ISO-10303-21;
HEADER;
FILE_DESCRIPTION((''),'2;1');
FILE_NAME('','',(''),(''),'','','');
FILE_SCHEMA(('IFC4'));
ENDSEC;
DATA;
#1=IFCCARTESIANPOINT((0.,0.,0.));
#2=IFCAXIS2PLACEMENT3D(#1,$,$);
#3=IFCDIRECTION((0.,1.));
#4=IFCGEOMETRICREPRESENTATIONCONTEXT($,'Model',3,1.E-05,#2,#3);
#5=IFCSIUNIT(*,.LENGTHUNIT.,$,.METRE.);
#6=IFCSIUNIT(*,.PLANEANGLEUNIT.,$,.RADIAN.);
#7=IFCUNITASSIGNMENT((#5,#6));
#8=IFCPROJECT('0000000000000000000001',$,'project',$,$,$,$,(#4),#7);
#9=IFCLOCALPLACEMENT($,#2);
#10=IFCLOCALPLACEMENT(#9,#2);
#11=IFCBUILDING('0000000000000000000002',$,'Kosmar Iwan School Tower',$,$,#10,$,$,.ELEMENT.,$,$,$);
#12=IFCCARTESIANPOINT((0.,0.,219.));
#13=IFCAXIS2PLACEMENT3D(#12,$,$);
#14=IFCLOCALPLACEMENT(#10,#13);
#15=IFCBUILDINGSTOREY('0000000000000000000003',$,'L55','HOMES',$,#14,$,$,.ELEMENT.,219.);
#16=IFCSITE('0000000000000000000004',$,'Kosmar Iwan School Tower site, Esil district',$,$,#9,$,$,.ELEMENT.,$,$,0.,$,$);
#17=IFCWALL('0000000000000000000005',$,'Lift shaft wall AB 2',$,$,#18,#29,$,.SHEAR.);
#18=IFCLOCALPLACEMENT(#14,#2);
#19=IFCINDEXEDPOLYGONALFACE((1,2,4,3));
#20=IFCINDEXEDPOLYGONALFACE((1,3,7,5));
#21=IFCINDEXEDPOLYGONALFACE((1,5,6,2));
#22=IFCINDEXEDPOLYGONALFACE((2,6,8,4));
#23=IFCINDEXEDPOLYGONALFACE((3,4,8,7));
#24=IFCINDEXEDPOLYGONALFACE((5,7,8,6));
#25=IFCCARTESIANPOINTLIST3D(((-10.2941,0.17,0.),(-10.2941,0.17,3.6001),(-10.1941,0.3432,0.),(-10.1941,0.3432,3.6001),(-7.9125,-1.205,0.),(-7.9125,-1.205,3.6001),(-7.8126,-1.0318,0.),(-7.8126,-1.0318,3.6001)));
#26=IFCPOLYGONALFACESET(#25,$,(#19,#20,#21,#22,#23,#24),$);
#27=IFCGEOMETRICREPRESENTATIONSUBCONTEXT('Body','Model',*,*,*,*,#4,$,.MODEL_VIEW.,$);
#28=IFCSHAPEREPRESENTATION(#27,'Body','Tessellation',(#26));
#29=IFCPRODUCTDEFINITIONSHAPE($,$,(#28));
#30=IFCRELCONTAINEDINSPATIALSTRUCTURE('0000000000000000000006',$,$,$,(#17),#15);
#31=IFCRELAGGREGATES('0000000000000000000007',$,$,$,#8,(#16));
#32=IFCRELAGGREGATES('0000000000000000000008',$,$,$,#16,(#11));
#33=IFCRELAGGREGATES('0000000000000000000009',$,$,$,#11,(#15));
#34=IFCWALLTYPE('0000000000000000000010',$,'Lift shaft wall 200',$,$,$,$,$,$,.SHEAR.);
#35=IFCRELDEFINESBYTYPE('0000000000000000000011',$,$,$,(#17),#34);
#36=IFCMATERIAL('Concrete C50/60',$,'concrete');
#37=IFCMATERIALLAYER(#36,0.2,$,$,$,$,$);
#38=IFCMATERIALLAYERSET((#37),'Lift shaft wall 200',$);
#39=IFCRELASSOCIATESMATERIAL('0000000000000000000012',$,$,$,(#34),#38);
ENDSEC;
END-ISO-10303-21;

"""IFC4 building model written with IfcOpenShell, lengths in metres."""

from ifc_helpers import new_model, si_unit, direction, frame, frame_2d, origin, place, context, subcontext, project, spatial, rectangle, extrude, material, layer, layer_set, type_object, element, save


model = new_model("IFC4")

# Units and contexts
model_context = context("Model", 3, precision=1e-05, world=origin(), true_north=direction((0.0, 1.0)))
body_context = subcontext(model_context, "Body", "Model", "MODEL_VIEW")
ifc_project = project(units=[si_unit("LENGTHUNIT", "METRE"), si_unit("PLANEANGLEUNIT", "RADIAN")], contexts=[model_context])

# Site, building, storey
site_placement = place(None, origin())
site = spatial("IfcSite", under=ifc_project, at=site_placement, Name="Kosmar Iwan School Tower site, Esil district", CompositionType="ELEMENT", RefElevation=0.0)
building_placement = place(site_placement, origin())
building = spatial("IfcBuilding", under=site, at=building_placement, Name="Kosmar Iwan School Tower", CompositionType="ELEMENT")
storey_placement = place(building_placement, frame((0.0, 0.0, 219.0)))
storey = spatial("IfcBuildingStorey", under=building, at=storey_placement, Name="L55", Description="HOMES", CompositionType="ELEMENT", Elevation=219.0)

# Wall
ifc_material_1 = material(Name="Concrete C50/60", Category="concrete")
ifc_layer_1 = layer(ifc_material_1, 0.2)
ifc_layer_set_1 = layer_set([ifc_layer_1], Name="Lift shaft wall 200")
wall_type_1 = type_object("IfcWallType", Name="Lift shaft wall 200", PredefinedType="SHEAR", material=ifc_layer_set_1)
wall_1_placement = place(storey_placement, frame((-7.8625, -1.1184, 0.0), z_axis=(0.0, 0.0, 1.0), x_axis=(-0.866027, 0.499997, 0.0)))
element("IfcWall", 1, at=wall_1_placement, inside=storey, type_object=wall_type_1, Name="Lift shaft wall AB 2", PredefinedType="SHEAR", context=body_context, shape_type="SweptSolid", body=[
    extrude(rectangle(XDim=2.75, YDim=0.2, at=frame_2d((1.375, 0.0))), origin(), (0.0, 0.0, 1.0), 3.6001),
])

save(model, "model.ifc")
